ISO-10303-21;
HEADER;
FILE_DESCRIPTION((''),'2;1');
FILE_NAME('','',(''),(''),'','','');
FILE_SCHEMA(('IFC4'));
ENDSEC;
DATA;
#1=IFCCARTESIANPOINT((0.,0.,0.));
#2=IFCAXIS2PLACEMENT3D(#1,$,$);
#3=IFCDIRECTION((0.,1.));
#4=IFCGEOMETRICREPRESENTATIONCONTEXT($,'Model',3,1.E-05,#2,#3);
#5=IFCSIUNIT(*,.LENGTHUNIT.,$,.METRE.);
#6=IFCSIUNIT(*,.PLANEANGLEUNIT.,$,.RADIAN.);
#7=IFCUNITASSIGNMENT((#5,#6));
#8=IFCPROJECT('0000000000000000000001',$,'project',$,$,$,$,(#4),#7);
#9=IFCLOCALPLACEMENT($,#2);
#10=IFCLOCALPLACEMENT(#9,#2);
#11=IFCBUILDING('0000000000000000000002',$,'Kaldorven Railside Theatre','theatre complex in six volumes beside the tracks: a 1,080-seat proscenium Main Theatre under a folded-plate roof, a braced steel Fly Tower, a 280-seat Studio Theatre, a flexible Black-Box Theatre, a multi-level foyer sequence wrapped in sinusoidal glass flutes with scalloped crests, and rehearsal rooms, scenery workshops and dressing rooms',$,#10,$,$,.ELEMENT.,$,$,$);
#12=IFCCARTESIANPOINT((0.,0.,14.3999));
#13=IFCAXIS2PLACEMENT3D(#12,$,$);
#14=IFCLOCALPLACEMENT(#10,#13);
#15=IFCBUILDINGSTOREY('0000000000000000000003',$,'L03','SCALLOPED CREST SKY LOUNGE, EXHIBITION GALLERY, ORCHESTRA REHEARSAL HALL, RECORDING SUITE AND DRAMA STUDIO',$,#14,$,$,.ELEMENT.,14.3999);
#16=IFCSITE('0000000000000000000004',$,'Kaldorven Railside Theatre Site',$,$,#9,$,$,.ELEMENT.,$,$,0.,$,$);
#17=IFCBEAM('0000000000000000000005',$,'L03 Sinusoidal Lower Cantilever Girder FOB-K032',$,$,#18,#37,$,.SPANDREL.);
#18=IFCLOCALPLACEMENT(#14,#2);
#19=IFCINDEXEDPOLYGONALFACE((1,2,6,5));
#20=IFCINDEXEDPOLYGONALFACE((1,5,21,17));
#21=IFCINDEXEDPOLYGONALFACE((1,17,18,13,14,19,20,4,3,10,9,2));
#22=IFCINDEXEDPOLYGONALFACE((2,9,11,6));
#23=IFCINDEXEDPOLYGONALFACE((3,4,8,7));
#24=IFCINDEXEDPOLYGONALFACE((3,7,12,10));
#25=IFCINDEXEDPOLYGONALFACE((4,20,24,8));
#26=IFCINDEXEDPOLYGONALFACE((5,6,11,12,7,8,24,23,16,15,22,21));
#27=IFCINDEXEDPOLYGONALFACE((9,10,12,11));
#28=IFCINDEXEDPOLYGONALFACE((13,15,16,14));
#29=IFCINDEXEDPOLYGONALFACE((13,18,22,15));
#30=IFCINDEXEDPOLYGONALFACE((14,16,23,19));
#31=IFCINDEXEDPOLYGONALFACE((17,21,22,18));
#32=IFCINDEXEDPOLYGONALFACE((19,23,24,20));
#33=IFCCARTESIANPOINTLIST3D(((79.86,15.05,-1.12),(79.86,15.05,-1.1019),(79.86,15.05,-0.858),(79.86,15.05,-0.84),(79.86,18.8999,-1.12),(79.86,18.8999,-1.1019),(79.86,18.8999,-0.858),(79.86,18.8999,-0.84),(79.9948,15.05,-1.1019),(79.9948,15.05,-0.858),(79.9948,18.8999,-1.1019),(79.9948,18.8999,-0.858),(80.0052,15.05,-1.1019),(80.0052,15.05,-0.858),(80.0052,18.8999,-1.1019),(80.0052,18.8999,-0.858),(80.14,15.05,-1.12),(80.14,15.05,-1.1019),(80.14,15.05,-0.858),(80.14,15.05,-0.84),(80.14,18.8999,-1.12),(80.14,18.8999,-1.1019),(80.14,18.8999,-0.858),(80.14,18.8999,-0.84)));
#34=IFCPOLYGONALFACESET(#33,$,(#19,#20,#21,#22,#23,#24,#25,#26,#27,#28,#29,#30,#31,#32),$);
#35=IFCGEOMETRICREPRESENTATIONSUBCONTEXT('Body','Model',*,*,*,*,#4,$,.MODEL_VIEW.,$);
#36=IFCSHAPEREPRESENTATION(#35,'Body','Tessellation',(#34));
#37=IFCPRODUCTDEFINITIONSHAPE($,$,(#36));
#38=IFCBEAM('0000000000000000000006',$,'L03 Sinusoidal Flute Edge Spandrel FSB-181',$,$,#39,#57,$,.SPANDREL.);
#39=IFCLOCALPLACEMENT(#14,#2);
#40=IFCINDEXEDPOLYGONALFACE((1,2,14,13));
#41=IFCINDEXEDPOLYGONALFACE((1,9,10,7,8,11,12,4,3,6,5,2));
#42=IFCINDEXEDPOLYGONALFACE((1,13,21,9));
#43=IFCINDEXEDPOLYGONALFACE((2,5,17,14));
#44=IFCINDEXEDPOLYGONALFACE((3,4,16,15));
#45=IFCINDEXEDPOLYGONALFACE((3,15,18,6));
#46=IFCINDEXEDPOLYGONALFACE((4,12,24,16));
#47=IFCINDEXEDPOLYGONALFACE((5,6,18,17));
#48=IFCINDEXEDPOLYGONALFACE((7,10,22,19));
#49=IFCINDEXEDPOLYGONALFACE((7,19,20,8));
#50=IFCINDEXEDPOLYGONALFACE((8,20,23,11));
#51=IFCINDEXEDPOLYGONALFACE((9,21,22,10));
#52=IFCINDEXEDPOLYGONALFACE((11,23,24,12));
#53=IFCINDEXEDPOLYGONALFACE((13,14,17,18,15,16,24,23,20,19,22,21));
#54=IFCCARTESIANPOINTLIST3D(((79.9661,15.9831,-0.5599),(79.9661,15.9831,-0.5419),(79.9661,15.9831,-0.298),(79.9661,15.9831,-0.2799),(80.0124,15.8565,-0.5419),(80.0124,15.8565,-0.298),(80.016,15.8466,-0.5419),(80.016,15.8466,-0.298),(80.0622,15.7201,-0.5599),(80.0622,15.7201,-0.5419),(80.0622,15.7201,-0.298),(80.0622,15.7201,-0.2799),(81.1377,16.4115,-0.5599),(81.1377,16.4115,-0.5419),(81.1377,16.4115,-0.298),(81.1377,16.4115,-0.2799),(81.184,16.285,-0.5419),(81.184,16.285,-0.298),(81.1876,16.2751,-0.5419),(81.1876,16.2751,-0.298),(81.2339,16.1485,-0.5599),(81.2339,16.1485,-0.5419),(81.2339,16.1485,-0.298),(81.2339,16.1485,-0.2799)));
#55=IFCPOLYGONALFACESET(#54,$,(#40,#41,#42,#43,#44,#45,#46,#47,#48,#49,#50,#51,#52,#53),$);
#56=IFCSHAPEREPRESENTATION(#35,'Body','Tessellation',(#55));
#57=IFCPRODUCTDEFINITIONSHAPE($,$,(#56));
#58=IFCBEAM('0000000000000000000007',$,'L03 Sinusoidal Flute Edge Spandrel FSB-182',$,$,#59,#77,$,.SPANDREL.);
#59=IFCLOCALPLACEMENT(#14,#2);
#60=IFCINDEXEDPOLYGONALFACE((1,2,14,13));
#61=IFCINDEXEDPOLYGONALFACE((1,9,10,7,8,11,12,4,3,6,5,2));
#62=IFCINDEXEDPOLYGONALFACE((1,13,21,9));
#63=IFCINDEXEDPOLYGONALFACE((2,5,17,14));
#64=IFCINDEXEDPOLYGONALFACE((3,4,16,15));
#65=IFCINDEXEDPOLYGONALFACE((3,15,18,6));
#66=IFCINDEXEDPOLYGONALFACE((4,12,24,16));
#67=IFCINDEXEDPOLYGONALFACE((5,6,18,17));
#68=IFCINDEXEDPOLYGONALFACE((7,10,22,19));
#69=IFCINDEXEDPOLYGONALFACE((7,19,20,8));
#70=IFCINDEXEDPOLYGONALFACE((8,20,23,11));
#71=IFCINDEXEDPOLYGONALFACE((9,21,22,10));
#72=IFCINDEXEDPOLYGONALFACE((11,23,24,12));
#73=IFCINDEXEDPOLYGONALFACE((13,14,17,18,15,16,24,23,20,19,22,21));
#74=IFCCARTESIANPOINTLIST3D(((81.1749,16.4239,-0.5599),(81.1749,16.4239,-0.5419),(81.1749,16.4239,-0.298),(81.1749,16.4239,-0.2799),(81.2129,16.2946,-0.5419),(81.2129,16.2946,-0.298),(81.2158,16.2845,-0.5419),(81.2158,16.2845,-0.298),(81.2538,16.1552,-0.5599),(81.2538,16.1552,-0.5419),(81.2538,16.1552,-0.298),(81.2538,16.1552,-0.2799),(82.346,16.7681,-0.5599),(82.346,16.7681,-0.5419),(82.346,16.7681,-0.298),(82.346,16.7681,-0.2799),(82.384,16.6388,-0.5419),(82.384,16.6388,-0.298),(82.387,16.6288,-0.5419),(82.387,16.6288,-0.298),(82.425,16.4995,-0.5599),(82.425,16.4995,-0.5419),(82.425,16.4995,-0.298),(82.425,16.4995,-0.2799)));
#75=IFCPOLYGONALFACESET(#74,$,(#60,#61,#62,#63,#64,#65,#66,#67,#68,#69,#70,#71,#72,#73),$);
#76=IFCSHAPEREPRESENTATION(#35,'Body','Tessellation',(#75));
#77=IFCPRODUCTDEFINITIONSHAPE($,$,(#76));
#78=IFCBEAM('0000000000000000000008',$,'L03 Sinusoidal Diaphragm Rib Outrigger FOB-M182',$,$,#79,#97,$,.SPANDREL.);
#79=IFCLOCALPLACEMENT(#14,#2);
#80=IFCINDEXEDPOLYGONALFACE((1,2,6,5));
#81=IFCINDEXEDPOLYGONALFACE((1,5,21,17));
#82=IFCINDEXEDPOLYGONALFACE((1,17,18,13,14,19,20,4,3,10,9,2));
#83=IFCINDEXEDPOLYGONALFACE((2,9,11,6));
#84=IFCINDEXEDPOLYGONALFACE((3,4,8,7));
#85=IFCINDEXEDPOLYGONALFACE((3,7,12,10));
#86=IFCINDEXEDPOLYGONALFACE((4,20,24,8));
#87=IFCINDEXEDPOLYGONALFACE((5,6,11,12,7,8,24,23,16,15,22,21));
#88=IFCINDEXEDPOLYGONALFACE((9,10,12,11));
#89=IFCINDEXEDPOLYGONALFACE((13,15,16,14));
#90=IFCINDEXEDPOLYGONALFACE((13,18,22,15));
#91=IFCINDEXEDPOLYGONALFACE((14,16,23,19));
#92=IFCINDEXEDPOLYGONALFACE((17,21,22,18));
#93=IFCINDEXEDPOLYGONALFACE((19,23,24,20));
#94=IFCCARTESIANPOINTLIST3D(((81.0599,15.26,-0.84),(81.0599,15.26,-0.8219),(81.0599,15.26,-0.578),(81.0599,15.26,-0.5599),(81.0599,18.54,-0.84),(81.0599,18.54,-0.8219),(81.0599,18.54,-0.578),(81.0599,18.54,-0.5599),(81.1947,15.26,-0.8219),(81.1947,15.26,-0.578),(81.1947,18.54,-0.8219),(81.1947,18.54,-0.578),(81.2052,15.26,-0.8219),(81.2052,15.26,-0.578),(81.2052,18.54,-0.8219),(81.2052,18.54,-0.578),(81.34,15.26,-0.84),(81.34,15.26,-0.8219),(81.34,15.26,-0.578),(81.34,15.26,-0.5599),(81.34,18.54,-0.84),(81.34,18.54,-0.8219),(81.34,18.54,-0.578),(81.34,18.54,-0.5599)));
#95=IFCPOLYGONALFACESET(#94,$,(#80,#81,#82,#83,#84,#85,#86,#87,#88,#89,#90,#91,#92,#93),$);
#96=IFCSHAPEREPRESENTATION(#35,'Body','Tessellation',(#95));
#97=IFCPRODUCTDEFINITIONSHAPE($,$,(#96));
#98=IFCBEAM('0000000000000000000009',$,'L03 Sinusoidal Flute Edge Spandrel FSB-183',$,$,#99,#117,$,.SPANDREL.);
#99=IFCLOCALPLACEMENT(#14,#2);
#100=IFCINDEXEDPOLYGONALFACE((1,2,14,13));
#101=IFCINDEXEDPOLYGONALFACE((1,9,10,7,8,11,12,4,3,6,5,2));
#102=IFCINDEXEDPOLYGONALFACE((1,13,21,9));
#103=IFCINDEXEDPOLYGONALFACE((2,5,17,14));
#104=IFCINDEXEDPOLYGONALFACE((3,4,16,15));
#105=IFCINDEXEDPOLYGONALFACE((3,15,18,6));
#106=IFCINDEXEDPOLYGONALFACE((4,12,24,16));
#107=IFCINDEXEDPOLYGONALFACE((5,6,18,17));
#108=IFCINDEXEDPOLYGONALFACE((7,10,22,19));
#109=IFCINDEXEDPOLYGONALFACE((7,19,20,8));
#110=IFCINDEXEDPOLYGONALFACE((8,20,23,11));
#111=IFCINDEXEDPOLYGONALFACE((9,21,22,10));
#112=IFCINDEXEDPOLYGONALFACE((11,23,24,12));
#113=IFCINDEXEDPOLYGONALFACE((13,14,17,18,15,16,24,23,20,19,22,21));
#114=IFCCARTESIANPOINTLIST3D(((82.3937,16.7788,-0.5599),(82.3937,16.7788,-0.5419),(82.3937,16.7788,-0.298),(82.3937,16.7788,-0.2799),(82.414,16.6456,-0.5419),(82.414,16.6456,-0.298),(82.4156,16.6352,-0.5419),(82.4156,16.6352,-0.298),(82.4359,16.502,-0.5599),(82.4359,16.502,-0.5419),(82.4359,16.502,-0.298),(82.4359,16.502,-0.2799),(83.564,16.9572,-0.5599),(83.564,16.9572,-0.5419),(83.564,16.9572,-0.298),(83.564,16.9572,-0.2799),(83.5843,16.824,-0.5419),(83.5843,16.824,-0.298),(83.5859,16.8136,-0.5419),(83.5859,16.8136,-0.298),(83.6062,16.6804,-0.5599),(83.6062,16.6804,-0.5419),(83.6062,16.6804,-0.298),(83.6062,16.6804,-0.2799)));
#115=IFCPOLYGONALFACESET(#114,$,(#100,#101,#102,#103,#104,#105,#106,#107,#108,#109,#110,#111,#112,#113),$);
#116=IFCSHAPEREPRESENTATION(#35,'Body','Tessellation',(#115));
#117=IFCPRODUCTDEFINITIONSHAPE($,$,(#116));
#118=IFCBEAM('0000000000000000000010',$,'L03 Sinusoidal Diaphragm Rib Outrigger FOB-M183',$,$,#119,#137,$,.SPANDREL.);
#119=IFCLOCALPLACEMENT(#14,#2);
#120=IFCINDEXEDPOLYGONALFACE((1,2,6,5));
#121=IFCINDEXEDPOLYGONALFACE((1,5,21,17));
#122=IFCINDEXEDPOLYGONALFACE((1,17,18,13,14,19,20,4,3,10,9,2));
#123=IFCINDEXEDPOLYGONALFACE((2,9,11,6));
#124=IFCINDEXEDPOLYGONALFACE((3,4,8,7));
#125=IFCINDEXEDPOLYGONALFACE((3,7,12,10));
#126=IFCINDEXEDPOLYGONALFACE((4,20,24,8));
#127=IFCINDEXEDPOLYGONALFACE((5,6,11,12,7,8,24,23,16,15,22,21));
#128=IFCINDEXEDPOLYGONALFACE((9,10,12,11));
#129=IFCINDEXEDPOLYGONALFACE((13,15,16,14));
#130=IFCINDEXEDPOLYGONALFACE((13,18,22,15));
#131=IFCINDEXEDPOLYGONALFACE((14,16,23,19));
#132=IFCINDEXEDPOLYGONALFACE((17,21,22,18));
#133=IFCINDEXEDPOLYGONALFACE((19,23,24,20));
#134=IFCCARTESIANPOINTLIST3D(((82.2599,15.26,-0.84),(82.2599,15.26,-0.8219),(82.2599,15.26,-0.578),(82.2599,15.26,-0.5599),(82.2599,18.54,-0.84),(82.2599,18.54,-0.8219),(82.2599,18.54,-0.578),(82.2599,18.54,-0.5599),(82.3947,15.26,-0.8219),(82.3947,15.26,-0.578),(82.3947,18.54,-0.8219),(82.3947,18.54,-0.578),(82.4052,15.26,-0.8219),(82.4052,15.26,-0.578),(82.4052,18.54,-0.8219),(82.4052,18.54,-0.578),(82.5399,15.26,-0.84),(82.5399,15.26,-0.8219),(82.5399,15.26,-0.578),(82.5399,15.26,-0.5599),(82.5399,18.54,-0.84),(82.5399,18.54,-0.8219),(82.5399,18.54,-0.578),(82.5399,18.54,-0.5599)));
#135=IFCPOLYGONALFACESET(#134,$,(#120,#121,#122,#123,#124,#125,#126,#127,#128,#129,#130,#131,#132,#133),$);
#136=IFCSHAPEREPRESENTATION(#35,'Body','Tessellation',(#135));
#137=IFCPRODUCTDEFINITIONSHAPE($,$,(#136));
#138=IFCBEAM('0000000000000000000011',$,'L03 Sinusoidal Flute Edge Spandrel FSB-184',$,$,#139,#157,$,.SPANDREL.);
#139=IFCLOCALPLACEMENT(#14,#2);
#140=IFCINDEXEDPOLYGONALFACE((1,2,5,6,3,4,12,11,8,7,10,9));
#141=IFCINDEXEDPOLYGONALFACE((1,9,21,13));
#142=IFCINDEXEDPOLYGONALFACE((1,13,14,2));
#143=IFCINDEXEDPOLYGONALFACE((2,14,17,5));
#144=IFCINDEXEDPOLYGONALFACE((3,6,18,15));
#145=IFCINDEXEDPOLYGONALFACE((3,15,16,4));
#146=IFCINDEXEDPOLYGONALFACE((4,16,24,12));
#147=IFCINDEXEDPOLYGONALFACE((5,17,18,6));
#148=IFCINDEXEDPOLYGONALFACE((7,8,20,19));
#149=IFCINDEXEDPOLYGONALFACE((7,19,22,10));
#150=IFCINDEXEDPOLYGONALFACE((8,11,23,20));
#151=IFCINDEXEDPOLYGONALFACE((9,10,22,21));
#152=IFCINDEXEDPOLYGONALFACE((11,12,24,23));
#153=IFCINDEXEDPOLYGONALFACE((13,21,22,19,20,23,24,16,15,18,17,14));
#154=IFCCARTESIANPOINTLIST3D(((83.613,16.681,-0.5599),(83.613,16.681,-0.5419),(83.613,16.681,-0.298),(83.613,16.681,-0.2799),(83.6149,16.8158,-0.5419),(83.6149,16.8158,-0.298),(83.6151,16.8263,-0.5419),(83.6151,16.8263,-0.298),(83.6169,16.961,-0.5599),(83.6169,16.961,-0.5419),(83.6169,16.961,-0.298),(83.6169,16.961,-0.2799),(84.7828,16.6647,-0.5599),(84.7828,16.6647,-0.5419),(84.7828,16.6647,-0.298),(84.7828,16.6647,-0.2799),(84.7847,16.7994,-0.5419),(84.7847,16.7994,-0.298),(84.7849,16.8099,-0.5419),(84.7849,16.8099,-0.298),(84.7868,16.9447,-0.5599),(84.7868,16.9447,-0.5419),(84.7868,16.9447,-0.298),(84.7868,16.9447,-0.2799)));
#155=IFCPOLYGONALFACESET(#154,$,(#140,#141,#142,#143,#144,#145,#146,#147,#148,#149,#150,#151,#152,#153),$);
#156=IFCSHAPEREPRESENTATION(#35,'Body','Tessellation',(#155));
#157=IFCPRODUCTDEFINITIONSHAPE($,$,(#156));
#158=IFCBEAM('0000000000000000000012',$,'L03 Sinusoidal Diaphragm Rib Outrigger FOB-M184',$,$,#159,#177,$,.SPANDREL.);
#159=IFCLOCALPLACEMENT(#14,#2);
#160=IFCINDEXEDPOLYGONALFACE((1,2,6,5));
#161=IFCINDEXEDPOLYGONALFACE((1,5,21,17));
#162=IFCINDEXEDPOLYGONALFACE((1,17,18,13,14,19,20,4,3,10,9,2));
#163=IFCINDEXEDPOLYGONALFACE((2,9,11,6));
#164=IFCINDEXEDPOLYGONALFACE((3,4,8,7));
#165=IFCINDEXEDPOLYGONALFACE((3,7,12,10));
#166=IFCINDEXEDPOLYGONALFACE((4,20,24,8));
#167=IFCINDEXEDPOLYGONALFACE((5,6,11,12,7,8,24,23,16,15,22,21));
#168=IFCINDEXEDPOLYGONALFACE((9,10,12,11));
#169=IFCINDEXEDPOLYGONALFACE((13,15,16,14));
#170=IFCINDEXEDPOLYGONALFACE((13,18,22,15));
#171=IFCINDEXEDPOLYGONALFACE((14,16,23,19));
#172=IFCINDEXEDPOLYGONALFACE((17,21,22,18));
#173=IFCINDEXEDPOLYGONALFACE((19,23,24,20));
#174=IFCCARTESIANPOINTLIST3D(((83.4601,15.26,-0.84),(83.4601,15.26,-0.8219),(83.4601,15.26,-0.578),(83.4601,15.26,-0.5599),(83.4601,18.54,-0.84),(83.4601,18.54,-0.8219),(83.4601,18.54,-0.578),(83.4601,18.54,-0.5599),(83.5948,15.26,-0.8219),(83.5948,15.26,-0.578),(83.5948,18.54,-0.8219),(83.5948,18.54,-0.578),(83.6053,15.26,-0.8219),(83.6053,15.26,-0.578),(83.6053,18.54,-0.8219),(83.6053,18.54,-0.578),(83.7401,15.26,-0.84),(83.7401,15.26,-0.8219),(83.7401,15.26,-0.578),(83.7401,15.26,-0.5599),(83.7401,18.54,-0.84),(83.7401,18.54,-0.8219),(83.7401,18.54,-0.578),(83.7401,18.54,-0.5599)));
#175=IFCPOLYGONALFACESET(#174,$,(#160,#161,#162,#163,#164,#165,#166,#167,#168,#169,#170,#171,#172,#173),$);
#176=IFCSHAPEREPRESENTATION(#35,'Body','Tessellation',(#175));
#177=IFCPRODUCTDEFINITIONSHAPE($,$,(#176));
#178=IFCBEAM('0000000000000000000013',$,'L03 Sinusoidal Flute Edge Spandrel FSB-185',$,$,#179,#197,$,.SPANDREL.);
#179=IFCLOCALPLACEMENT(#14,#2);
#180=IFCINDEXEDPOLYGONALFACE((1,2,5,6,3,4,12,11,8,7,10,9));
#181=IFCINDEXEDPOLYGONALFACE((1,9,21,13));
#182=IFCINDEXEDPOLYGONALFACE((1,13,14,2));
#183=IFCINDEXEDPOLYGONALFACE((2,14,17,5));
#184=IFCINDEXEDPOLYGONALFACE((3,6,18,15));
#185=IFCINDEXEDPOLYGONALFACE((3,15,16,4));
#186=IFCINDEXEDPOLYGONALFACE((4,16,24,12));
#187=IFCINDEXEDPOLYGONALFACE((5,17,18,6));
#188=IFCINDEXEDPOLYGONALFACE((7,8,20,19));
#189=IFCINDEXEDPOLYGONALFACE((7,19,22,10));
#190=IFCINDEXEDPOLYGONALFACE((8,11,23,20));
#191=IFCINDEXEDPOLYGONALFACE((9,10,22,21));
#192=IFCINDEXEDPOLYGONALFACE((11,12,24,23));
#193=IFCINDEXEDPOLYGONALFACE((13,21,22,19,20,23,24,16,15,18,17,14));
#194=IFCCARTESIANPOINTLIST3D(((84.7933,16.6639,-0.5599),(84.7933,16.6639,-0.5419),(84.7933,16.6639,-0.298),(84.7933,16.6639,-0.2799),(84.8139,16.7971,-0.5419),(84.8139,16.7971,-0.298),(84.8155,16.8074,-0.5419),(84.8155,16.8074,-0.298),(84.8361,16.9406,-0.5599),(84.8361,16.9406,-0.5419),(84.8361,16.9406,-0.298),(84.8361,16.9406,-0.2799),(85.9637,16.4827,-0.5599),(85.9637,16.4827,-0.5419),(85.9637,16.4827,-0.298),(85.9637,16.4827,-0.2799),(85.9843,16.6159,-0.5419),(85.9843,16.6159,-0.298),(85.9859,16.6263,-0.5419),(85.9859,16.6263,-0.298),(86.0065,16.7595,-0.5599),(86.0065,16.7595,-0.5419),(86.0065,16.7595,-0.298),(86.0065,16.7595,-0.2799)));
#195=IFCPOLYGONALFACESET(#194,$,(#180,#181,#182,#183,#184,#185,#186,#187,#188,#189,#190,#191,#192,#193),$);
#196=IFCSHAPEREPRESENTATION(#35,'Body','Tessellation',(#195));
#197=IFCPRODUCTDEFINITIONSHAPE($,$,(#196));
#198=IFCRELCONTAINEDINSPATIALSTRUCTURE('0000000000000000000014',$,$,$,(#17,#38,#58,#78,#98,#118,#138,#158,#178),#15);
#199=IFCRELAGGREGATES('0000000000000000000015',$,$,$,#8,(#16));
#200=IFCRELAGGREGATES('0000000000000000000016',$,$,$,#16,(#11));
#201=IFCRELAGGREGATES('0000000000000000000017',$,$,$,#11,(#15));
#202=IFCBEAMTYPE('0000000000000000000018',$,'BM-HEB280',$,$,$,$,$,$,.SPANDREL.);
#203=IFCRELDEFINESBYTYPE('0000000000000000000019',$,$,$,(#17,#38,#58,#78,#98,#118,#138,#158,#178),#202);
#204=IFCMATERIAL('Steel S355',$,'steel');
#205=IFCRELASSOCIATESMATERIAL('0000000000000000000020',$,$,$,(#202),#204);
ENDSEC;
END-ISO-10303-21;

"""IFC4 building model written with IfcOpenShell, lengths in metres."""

from ifc_helpers import new_model, si_unit, direction, frame, origin, origin_2d, place, context, subcontext, project, spatial, i_section, extrude, material, material_profile, profile_set, type_object, element, save


model = new_model("IFC4")

# Units and contexts
model_context = context("Model", 3, precision=1e-05, world=origin(), true_north=direction((0.0, 1.0)))
body_context = subcontext(model_context, "Body", "Model", "MODEL_VIEW")
ifc_project = project(units=[si_unit("LENGTHUNIT", "METRE"), si_unit("PLANEANGLEUNIT", "RADIAN")], contexts=[model_context])

# Site, building, storey
site_placement = place(None, origin())
site = spatial("IfcSite", under=ifc_project, at=site_placement, Name="Kaldorven Railside Theatre Site", CompositionType="ELEMENT", RefElevation=0.0)
building_placement = place(site_placement, origin())
building = spatial("IfcBuilding", under=site, at=building_placement, Name="Kaldorven Railside Theatre", Description="theatre complex in six volumes beside the tracks: a 1,080-seat proscenium Main Theatre under a folded-plate roof, a braced steel Fly Tower, a 280-seat Studio Theatre, a flexible Black-Box Theatre, a multi-level foyer sequence wrapped in sinusoidal glass flutes with scalloped crests, and rehearsal rooms, scenery workshops and dressing rooms", CompositionType="ELEMENT")
storey_placement = place(building_placement, frame((0.0, 0.0, 14.3999)))
storey = spatial("IfcBuildingStorey", under=building, at=storey_placement, Name="L03", Description="SCALLOPED CREST SKY LOUNGE, EXHIBITION GALLERY, ORCHESTRA REHEARSAL HALL, RECORDING SUITE AND DRAMA STUDIO", CompositionType="ELEMENT", Elevation=14.3999)

# Beams
ifc_material_1 = material(Name="Steel S355", Category="steel")
ifc_material_profile_1 = material_profile(ifc_material_1, i_section(OverallWidth=0.28, OverallDepth=0.28, WebThickness=0.0105, FlangeThickness=0.0181, at=origin_2d()), Name="HEB 280")
ifc_profile_set_1 = profile_set([ifc_material_profile_1], Name="Steel S355")
beam_type_1 = type_object("IfcBeamType", Name="BM-HEB280", PredefinedType="SPANDREL", material=ifc_profile_set_1)
beam_1_placement = place(storey_placement, frame((80.0, 15.05, -0.98), z_axis=(0.0, 1.0, 0.0), x_axis=(-1.0, 0.0, 0.0)))
element("IfcBeam", 1, at=beam_1_placement, inside=storey, type_object=beam_type_1, Name="L03 Sinusoidal Lower Cantilever Girder FOB-K032", PredefinedType="SPANDREL", context=body_context, shape_type="SweptSolid", body=[
    extrude(i_section(OverallWidth=0.28, OverallDepth=0.28, WebThickness=0.0105, FlangeThickness=0.0181, at=origin_2d()), origin(), (0.0, 0.0, 1.0), 3.8499),
])
beam_2_placement = place(storey_placement, frame((80.0142, 15.8516, -0.4199), z_axis=(0.939169, 0.343455, 0.0), x_axis=(-0.343455, 0.939169, 0.0)))
element("IfcBeam", 2, at=beam_2_placement, inside=storey, type_object=beam_type_1, Name="L03 Sinusoidal Flute Edge Spandrel FSB-181", PredefinedType="SPANDREL", context=body_context, shape_type="SweptSolid", body=[
    extrude(i_section(OverallWidth=0.28, OverallDepth=0.28, WebThickness=0.0105, FlangeThickness=0.0181, at=origin_2d()), origin(), (0.0, 0.0, 1.0), 1.2476),
])
beam_3_placement = place(storey_placement, frame((81.2144, 16.2896, -0.4199), z_axis=(0.959413, 0.282004, 0.0), x_axis=(-0.282004, 0.959413, 0.0)))
element("IfcBeam", 3, at=beam_3_placement, inside=storey, type_object=beam_type_1, Name="L03 Sinusoidal Flute Edge Spandrel FSB-182", PredefinedType="SPANDREL", context=body_context, shape_type="SweptSolid", body=[
    extrude(i_section(OverallWidth=0.28, OverallDepth=0.28, WebThickness=0.0105, FlangeThickness=0.0181, at=origin_2d()), origin(), (0.0, 0.0, 1.0), 1.2207),
])
beam_4_placement = place(storey_placement, frame((81.2, 15.26, -0.7), z_axis=(0.0, 1.0, 0.0), x_axis=(-1.0, 0.0, 0.0)))
element("IfcBeam", 4, at=beam_4_placement, inside=storey, type_object=beam_type_1, Name="L03 Sinusoidal Diaphragm Rib Outrigger FOB-M182", PredefinedType="SPANDREL", context=body_context, shape_type="SweptSolid", body=[
    extrude(i_section(OverallWidth=0.28, OverallDepth=0.28, WebThickness=0.0105, FlangeThickness=0.0181, at=origin_2d()), origin(), (0.0, 0.0, 1.0), 3.28),
])
beam_5_placement = place(storey_placement, frame((82.4148, 16.6404, -0.4199), z_axis=(0.988573, 0.15074, 0.0), x_axis=(-0.15074, 0.988573, 0.0)))
element("IfcBeam", 5, at=beam_5_placement, inside=storey, type_object=beam_type_1, Name="L03 Sinusoidal Flute Edge Spandrel FSB-183", PredefinedType="SPANDREL", context=body_context, shape_type="SweptSolid", body=[
    extrude(i_section(OverallWidth=0.28, OverallDepth=0.28, WebThickness=0.0105, FlangeThickness=0.0181, at=origin_2d()), origin(), (0.0, 0.0, 1.0), 1.1838),
])
beam_6_placement = place(storey_placement, frame((82.3999, 15.26, -0.7), z_axis=(0.0, 1.0, 0.0), x_axis=(-1.0, 0.0, 0.0)))
element("IfcBeam", 6, at=beam_6_placement, inside=storey, type_object=beam_type_1, Name="L03 Sinusoidal Diaphragm Rib Outrigger FOB-M183", PredefinedType="SPANDREL", context=body_context, shape_type="SweptSolid", body=[
    extrude(i_section(OverallWidth=0.28, OverallDepth=0.28, WebThickness=0.0105, FlangeThickness=0.0181, at=origin_2d()), origin(), (0.0, 0.0, 1.0), 3.28),
])
beam_7_placement = place(storey_placement, frame((83.615, 16.821, -0.4199), z_axis=(0.999902, -0.01398, 0.0), x_axis=(0.01398, 0.999902, 0.0)))
element("IfcBeam", 7, at=beam_7_placement, inside=storey, type_object=beam_type_1, Name="L03 Sinusoidal Flute Edge Spandrel FSB-184", PredefinedType="SPANDREL", context=body_context, shape_type="SweptSolid", body=[
    extrude(i_section(OverallWidth=0.28, OverallDepth=0.28, WebThickness=0.0105, FlangeThickness=0.0181, at=origin_2d()), origin(), (0.0, 0.0, 1.0), 1.1699),
])
beam_8_placement = place(storey_placement, frame((83.6001, 15.26, -0.7), z_axis=(0.0, 1.0, 0.0), x_axis=(-1.0, 0.0, 0.0)))
element("IfcBeam", 8, at=beam_8_placement, inside=storey, type_object=beam_type_1, Name="L03 Sinusoidal Diaphragm Rib Outrigger FOB-M184", PredefinedType="SPANDREL", context=body_context, shape_type="SweptSolid", body=[
    extrude(i_section(OverallWidth=0.28, OverallDepth=0.28, WebThickness=0.0105, FlangeThickness=0.0181, at=origin_2d()), origin(), (0.0, 0.0, 1.0), 3.28),
])
beam_9_placement = place(storey_placement, frame((84.8147, 16.8022, -0.4199), z_axis=(0.988233, -0.152956, 0.0), x_axis=(0.152956, 0.988233, 0.0)))
element("IfcBeam", 9, at=beam_9_placement, inside=storey, type_object=beam_type_1, Name="L03 Sinusoidal Flute Edge Spandrel FSB-185", PredefinedType="SPANDREL", context=body_context, shape_type="SweptSolid", body=[
    extrude(i_section(OverallWidth=0.28, OverallDepth=0.28, WebThickness=0.0105, FlangeThickness=0.0181, at=origin_2d()), origin(), (0.0, 0.0, 1.0), 1.1843),
])

save(model, "model.ifc")
